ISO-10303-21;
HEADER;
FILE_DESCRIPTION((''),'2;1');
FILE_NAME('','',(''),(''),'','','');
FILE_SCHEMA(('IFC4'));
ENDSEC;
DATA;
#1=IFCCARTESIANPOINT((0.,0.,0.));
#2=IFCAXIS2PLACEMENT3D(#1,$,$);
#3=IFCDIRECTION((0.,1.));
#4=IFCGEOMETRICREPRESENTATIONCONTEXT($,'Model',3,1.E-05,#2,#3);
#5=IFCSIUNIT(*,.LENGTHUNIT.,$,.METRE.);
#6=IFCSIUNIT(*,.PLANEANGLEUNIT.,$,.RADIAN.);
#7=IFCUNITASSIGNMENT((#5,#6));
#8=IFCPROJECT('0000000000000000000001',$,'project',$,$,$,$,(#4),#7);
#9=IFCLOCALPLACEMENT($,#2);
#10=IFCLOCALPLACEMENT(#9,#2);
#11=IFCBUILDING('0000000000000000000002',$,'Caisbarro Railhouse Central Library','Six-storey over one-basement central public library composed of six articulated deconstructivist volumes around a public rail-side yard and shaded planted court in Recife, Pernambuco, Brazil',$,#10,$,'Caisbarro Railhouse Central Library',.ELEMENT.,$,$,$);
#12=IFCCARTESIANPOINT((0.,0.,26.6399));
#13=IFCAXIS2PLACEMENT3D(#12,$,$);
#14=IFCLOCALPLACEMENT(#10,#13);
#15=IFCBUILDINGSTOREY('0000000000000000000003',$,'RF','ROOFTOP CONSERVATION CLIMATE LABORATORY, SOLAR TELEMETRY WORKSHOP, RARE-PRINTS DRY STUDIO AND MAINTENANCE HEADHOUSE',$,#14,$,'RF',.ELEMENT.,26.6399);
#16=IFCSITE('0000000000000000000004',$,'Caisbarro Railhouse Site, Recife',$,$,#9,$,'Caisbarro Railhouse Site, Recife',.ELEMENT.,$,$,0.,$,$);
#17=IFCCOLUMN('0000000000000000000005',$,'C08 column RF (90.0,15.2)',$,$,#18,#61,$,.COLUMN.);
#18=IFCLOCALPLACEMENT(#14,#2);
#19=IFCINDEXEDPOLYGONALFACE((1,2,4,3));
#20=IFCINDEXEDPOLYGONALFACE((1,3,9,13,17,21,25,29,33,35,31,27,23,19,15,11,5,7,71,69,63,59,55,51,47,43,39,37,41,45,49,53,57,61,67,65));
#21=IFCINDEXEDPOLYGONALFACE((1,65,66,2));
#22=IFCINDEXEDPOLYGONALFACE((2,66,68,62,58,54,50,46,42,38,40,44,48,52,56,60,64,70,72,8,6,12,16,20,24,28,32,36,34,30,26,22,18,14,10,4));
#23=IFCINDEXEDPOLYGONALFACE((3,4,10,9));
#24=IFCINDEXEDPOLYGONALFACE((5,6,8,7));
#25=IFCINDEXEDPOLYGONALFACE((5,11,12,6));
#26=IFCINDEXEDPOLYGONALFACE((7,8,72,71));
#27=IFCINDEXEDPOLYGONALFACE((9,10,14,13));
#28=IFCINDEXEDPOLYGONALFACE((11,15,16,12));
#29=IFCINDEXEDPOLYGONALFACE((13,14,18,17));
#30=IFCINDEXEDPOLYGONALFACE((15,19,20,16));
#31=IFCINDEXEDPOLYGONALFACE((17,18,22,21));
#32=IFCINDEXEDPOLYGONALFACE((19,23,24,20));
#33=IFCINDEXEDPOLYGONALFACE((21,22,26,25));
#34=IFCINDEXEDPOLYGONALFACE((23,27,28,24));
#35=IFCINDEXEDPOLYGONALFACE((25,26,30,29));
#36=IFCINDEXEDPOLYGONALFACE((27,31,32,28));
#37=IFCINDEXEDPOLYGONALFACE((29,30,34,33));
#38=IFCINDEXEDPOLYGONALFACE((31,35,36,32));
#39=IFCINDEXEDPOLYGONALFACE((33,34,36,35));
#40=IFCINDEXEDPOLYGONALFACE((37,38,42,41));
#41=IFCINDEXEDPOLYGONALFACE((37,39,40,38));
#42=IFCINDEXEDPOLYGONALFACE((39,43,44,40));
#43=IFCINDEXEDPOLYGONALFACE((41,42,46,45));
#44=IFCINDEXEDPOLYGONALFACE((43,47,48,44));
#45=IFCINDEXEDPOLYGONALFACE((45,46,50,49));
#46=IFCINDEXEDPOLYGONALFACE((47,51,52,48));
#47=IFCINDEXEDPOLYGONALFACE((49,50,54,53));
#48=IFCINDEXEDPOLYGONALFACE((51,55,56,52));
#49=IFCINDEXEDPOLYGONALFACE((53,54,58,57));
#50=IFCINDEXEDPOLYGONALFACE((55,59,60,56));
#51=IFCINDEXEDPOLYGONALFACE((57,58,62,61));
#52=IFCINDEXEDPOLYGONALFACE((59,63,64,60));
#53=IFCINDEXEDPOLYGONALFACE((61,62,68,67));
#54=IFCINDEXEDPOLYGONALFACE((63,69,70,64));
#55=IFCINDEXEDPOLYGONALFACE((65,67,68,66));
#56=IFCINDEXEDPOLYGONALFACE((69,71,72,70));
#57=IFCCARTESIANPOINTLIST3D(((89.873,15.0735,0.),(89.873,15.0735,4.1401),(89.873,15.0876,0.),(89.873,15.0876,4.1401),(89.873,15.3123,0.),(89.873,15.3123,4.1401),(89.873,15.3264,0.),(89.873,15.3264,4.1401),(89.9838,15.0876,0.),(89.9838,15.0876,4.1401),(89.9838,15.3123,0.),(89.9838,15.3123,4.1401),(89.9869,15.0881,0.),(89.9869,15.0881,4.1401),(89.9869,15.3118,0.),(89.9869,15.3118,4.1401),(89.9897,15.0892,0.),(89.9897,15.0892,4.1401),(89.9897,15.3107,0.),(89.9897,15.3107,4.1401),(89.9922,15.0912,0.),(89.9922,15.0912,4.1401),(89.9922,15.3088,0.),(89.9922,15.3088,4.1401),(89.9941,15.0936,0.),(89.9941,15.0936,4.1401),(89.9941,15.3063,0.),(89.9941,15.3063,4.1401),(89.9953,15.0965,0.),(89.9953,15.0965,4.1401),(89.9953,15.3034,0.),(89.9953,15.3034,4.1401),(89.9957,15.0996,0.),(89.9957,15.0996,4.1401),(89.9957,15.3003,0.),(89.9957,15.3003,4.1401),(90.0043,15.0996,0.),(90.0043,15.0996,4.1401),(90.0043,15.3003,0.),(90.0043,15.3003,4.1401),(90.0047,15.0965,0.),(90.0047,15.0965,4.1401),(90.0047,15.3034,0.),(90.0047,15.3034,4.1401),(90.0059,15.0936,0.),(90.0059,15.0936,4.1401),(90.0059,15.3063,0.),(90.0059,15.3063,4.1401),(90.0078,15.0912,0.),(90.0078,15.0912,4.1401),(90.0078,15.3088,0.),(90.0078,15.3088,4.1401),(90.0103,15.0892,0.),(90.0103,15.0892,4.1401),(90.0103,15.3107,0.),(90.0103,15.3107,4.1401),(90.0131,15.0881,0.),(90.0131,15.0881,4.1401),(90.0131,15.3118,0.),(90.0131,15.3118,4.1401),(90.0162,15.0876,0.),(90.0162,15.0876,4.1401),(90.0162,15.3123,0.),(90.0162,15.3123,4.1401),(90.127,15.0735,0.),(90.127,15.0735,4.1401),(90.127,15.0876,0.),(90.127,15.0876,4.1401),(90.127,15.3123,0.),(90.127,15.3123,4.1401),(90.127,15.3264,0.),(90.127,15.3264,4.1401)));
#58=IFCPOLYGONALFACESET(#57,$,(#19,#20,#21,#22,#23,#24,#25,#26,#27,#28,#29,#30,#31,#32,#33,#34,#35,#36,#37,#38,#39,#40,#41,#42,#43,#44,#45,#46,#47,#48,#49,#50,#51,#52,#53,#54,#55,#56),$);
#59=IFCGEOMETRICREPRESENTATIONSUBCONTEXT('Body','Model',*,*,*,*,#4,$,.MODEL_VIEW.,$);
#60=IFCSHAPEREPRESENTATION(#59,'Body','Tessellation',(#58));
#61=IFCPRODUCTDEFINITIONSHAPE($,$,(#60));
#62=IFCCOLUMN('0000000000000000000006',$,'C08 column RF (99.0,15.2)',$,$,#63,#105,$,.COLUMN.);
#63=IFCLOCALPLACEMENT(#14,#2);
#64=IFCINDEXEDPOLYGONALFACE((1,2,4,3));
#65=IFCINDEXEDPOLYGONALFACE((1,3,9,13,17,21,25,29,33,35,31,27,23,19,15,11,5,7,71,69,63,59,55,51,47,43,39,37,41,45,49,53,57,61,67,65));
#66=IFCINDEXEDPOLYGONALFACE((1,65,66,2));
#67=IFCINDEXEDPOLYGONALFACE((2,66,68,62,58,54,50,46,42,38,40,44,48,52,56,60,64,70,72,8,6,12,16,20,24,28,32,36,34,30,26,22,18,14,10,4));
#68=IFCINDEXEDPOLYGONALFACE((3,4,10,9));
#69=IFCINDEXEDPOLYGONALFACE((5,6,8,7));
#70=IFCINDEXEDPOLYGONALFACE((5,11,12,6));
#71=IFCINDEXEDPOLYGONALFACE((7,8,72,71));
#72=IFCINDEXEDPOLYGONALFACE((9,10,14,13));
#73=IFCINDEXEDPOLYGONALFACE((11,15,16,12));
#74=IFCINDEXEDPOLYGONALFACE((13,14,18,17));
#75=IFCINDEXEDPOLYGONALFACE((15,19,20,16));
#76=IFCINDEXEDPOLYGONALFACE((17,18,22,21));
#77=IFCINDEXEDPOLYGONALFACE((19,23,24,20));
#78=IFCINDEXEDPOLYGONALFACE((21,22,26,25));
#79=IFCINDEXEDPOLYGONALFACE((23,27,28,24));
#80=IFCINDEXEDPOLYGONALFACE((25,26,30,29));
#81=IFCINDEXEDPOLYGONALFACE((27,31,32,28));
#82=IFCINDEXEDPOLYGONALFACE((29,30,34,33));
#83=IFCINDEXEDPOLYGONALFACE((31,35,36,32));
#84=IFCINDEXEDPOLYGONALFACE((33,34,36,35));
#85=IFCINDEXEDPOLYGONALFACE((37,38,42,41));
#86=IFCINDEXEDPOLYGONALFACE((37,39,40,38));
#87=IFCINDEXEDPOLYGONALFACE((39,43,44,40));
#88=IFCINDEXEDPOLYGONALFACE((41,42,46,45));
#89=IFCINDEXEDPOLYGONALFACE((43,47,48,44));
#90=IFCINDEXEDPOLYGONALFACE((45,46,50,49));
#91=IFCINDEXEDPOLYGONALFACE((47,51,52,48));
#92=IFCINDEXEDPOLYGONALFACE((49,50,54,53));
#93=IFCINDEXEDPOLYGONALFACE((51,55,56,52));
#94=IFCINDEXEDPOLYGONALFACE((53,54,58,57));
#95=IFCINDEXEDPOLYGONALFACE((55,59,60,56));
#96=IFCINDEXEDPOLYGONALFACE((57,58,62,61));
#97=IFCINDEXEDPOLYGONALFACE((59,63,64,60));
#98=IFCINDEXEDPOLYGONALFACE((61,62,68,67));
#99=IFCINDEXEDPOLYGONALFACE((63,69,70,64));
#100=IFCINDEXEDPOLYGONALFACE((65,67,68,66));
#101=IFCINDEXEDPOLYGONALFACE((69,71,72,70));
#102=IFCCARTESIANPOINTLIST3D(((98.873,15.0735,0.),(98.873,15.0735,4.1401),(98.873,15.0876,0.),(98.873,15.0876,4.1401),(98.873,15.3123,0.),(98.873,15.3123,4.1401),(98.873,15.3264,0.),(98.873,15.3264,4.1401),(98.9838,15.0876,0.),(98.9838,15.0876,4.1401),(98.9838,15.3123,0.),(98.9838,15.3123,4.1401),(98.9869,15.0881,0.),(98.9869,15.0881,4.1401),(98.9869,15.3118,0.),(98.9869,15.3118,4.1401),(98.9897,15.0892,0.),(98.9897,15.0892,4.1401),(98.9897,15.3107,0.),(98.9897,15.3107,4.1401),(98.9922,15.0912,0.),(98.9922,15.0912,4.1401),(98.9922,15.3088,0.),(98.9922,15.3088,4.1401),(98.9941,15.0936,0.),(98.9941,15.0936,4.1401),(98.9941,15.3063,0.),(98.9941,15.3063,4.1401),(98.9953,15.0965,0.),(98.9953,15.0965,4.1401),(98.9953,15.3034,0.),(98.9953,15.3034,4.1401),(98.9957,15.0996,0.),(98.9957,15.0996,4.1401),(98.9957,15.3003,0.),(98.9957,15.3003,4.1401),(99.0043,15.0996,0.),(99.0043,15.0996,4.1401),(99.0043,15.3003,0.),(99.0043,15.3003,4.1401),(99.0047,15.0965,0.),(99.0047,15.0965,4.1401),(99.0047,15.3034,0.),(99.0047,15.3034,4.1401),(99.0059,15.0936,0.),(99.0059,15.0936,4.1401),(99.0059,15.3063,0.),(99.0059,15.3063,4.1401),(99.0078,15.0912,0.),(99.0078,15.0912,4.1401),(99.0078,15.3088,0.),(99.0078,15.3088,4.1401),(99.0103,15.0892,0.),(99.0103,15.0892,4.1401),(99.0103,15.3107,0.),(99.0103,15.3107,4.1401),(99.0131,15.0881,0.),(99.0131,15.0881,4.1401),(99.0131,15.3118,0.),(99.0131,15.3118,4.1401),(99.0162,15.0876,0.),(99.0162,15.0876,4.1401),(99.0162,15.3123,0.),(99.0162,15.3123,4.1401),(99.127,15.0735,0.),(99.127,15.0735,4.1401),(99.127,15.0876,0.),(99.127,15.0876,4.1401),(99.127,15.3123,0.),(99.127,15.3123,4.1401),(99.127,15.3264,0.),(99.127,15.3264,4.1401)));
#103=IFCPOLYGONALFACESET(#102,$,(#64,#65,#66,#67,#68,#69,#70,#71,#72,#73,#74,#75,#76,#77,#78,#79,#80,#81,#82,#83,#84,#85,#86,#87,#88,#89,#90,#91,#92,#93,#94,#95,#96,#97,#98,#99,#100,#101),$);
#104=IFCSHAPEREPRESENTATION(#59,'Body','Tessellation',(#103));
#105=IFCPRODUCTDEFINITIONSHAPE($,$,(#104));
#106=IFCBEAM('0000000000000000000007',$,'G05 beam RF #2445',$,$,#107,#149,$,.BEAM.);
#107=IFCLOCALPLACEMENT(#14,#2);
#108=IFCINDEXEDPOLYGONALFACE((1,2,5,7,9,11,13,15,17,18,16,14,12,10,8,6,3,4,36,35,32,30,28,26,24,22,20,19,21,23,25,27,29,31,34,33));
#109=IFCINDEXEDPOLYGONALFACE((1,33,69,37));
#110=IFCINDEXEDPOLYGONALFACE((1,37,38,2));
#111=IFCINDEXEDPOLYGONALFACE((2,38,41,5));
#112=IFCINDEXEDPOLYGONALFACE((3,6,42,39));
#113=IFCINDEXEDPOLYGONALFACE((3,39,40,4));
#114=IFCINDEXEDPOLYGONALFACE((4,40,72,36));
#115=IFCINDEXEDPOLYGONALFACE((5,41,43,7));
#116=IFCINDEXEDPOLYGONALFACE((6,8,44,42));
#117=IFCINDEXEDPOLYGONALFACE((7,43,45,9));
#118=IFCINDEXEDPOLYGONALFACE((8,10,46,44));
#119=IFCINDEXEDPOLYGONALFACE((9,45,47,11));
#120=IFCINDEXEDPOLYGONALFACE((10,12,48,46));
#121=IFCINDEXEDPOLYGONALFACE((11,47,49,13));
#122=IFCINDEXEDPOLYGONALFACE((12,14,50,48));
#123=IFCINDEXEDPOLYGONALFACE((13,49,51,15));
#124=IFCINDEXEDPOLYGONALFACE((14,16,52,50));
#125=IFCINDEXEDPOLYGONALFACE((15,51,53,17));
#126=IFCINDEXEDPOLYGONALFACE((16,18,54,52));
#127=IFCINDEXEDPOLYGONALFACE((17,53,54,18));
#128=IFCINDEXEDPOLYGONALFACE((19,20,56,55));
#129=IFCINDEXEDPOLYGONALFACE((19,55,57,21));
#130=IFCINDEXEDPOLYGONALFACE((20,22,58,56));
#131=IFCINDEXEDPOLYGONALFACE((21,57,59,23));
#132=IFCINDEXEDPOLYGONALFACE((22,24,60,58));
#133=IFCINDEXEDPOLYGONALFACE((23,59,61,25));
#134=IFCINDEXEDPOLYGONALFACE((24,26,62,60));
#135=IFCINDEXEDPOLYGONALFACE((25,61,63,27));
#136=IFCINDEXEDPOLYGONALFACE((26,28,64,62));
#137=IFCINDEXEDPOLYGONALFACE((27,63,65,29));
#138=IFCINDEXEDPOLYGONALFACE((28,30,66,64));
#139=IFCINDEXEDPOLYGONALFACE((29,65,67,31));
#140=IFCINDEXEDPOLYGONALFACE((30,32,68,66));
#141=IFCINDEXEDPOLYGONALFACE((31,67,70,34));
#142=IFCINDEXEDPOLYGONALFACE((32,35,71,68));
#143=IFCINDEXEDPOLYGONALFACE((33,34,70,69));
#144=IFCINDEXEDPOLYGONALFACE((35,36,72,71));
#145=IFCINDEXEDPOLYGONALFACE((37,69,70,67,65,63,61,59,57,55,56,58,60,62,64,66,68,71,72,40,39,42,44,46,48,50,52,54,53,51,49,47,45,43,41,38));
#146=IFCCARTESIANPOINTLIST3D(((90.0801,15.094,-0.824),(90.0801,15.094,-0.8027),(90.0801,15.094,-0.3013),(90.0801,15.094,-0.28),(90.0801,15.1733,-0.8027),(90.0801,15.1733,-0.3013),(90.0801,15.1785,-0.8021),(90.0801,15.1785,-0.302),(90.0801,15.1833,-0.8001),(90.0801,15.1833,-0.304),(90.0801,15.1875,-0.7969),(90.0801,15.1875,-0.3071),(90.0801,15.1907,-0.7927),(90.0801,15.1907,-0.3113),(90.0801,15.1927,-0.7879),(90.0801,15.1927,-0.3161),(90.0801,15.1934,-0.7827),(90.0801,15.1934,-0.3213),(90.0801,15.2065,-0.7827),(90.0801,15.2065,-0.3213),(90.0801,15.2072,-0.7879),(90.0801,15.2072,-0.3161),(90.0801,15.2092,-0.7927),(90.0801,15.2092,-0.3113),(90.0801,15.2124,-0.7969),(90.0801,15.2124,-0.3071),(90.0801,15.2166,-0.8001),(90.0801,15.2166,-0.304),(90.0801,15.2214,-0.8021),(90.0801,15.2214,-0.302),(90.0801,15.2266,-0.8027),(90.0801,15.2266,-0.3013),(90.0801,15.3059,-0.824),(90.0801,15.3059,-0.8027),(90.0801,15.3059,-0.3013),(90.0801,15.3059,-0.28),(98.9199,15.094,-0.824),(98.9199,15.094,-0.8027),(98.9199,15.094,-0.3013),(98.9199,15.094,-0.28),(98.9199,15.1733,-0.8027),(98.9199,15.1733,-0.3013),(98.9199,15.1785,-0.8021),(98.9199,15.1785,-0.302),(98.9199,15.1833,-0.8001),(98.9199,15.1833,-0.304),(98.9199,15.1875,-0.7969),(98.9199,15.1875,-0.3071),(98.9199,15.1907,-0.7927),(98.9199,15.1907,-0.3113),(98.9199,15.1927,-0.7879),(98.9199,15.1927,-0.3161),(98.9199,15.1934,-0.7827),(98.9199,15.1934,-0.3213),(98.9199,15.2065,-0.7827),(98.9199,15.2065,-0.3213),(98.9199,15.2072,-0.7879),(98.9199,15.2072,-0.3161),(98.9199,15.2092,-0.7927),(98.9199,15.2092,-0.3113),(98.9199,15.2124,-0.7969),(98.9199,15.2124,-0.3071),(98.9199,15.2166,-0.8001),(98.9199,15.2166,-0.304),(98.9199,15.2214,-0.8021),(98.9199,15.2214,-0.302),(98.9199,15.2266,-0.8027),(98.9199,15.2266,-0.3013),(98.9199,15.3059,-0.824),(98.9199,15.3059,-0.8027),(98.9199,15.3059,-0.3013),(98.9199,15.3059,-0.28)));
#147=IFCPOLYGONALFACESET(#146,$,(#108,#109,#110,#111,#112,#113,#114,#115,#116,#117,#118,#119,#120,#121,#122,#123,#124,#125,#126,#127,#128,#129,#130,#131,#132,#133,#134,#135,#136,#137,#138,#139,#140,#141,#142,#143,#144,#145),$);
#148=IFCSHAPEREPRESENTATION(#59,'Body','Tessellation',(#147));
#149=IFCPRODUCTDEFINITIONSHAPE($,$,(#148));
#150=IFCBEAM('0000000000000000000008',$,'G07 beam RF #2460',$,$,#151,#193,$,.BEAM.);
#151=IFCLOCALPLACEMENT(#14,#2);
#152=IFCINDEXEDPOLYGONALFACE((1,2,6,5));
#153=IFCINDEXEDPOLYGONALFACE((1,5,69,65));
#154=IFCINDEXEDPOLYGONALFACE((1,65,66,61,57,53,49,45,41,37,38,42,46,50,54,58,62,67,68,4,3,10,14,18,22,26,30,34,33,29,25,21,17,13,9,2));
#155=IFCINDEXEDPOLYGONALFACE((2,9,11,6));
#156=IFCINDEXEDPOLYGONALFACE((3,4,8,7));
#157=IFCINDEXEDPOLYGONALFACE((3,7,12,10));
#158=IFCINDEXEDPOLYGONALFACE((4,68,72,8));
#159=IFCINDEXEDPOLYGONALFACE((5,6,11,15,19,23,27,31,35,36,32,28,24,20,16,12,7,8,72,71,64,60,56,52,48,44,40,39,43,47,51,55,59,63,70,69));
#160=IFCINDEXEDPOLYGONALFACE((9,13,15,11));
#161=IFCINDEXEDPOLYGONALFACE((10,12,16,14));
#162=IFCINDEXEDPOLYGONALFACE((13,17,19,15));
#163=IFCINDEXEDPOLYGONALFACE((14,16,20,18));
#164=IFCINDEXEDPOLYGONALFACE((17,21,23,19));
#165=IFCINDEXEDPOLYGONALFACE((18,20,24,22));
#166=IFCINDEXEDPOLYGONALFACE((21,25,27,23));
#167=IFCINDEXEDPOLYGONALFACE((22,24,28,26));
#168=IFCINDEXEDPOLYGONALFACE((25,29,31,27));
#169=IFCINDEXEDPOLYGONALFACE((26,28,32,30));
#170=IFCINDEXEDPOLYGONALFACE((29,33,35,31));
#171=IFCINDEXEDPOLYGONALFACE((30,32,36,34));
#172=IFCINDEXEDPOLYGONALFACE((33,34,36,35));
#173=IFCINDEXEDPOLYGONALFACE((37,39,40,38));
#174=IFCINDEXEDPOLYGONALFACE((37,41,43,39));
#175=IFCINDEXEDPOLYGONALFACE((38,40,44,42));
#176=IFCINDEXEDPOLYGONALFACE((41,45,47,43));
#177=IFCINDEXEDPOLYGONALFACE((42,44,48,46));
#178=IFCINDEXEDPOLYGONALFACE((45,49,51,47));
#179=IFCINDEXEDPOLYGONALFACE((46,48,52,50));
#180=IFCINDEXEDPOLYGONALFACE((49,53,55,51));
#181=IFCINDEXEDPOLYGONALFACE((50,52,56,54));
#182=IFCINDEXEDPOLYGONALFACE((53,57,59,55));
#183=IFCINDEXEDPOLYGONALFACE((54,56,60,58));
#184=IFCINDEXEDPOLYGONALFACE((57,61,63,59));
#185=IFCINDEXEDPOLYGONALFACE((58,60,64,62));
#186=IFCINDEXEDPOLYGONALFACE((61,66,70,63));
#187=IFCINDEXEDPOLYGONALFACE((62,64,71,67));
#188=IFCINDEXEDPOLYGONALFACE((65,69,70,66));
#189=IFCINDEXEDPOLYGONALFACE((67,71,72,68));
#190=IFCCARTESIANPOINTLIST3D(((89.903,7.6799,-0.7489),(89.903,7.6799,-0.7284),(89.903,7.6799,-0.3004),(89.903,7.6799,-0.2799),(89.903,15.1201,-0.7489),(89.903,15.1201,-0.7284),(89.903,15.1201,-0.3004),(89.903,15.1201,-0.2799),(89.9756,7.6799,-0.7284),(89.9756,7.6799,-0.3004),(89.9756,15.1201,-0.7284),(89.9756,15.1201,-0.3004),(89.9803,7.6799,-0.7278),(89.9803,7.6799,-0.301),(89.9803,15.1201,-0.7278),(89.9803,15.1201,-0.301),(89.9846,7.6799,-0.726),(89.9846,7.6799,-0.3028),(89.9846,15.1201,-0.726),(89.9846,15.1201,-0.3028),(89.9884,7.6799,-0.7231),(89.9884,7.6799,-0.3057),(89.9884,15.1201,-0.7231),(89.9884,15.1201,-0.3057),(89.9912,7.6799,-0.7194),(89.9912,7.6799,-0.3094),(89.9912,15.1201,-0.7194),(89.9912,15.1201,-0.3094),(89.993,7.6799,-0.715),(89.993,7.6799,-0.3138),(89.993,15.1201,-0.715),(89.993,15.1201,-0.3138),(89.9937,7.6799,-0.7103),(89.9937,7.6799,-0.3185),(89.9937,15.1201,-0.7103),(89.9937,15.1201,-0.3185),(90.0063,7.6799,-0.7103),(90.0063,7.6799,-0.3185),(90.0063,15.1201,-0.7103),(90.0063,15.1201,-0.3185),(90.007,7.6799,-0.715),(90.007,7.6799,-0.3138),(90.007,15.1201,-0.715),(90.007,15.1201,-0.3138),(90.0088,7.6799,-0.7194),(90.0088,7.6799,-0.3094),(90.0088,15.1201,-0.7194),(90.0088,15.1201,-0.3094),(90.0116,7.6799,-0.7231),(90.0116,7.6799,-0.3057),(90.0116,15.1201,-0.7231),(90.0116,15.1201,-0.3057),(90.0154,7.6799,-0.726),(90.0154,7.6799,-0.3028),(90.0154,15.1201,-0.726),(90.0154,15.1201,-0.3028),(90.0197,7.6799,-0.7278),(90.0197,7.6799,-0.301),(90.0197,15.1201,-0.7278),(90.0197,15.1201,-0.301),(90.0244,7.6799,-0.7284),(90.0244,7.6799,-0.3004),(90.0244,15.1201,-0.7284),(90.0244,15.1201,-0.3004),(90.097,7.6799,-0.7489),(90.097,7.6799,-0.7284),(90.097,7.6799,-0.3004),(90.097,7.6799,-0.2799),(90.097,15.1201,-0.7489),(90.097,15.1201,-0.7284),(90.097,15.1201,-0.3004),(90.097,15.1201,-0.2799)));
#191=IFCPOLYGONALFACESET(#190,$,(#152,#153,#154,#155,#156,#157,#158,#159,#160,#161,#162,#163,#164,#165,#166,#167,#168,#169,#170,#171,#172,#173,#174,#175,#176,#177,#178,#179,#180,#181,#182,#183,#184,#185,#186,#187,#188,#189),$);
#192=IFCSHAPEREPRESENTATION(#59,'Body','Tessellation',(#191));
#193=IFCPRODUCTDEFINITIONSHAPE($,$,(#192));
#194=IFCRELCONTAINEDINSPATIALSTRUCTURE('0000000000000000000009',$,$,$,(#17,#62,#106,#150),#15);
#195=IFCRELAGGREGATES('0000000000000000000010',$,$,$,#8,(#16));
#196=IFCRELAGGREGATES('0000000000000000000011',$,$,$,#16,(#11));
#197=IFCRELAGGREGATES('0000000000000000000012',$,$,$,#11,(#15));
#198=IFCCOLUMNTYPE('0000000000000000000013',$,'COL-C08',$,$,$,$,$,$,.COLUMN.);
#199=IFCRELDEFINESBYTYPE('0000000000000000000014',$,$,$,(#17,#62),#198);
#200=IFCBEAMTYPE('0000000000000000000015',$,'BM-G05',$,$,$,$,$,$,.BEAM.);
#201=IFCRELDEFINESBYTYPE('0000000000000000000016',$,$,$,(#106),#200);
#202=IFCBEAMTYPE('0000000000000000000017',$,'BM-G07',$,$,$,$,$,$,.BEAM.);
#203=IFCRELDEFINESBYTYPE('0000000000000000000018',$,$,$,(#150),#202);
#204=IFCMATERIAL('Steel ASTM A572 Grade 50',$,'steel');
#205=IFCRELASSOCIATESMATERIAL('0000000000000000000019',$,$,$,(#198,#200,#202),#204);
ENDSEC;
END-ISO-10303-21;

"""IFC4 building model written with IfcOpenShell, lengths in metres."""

from ifc_helpers import new_model, si_unit, direction, frame, origin, origin_2d, place, context, subcontext, project, spatial, i_section, extrude, material, material_profile, profile_set, type_object, element, save


model = new_model("IFC4")

# Units and contexts
model_context = context("Model", 3, precision=1e-05, world=origin(), true_north=direction((0.0, 1.0)))
body_context = subcontext(model_context, "Body", "Model", "MODEL_VIEW")
ifc_project = project(units=[si_unit("LENGTHUNIT", "METRE"), si_unit("PLANEANGLEUNIT", "RADIAN")], contexts=[model_context])

# Site, building, storey
site_placement = place(None, origin())
site = spatial("IfcSite", under=ifc_project, at=site_placement, Name="Caisbarro Railhouse Site, Recife", LongName="Caisbarro Railhouse Site, Recife", CompositionType="ELEMENT", RefElevation=0.0)
building_placement = place(site_placement, origin())
building = spatial("IfcBuilding", under=site, at=building_placement, Name="Caisbarro Railhouse Central Library", Description="Six-storey over one-basement central public library composed of six articulated deconstructivist volumes around a public rail-side yard and shaded planted court in Recife, Pernambuco, Brazil", LongName="Caisbarro Railhouse Central Library", CompositionType="ELEMENT")
storey_placement = place(building_placement, frame((0.0, 0.0, 26.6399)))
storey = spatial("IfcBuildingStorey", under=building, at=storey_placement, Name="RF", Description="ROOFTOP CONSERVATION CLIMATE LABORATORY, SOLAR TELEMETRY WORKSHOP, RARE-PRINTS DRY STUDIO AND MAINTENANCE HEADHOUSE", LongName="RF", CompositionType="ELEMENT", Elevation=26.6399)

# Columns
ifc_material_1 = material(Name="Steel ASTM A572 Grade 50", Category="steel")
ifc_material_profile_1 = material_profile(ifc_material_1, i_section(OverallWidth=0.2539, OverallDepth=0.2529, WebThickness=0.0085, FlangeThickness=0.0142, FilletRadius=0.012, at=origin_2d()), Name="W250X73.0")
ifc_profile_set_1 = profile_set([ifc_material_profile_1], Name="Steel ASTM A572 Grade 50")
column_type = type_object("IfcColumnType", Name="COL-C08", PredefinedType="COLUMN", material=ifc_profile_set_1)
for number, where, z_axis, x_axis, name in (
    (1, (90.0, 15.2, 0.0), (0.0, 0.0, 1.0), (1.0, 0.0, 0.0), "C08 column RF (90.0,15.2)"),
    (2, (99.0, 15.2, 0.0), (0.0, 0.0, 1.0), (1.0, 0.0, 0.0), "C08 column RF (99.0,15.2)"),
):
    element("IfcColumn", number, at=place(storey_placement, frame(where, z_axis=z_axis, x_axis=x_axis)), inside=storey, type_object=column_type, Name=name, PredefinedType="COLUMN", context=body_context, shape_type="SweptSolid", body=[
        extrude(i_section(OverallWidth=0.2539, OverallDepth=0.2529, WebThickness=0.0085, FlangeThickness=0.0142, FilletRadius=0.012, at=origin_2d()), origin(), (0.0, 0.0, 1.0), 4.1401),
    ])

# Beams
ifc_material_profile_2 = material_profile(ifc_material_1, i_section(OverallWidth=0.2119, OverallDepth=0.5439, WebThickness=0.0132, FlangeThickness=0.0212, FilletRadius=0.02, at=origin_2d()), Name="W530X123.0")
ifc_profile_set_2 = profile_set([ifc_material_profile_2], Name="Steel ASTM A572 Grade 50")
beam_type_1 = type_object("IfcBeamType", Name="BM-G05", PredefinedType="BEAM", material=ifc_profile_set_2)
beam_1_placement = place(storey_placement, frame((90.0801, 15.2, -0.552), z_axis=(1.0, 0.0, 0.0), x_axis=(0.0, 1.0, 0.0)))
element("IfcBeam", 3, at=beam_1_placement, inside=storey, type_object=beam_type_1, Name="G05 beam RF #2445", PredefinedType="BEAM", context=body_context, shape_type="SweptSolid", body=[
    extrude(i_section(OverallWidth=0.2119, OverallDepth=0.5439, WebThickness=0.0132, FlangeThickness=0.0212, FilletRadius=0.02, at=origin_2d()), origin(), (0.0, 0.0, 1.0), 8.8398),
])
ifc_material_profile_3 = material_profile(ifc_material_1, i_section(OverallWidth=0.1941, OverallDepth=0.469, WebThickness=0.0127, FlangeThickness=0.0205, FilletRadius=0.0181, at=origin_2d()), Name="W460X106.0")
ifc_profile_set_3 = profile_set([ifc_material_profile_3], Name="Steel ASTM A572 Grade 50")
beam_type_2 = type_object("IfcBeamType", Name="BM-G07", PredefinedType="BEAM", material=ifc_profile_set_3)
beam_2_placement = place(storey_placement, frame((90.0, 7.6799, -0.5144), z_axis=(0.0, 1.0, 0.0), x_axis=(-1.0, 0.0, 0.0)))
element("IfcBeam", 4, at=beam_2_placement, inside=storey, type_object=beam_type_2, Name="G07 beam RF #2460", PredefinedType="BEAM", context=body_context, shape_type="SweptSolid", body=[
    extrude(i_section(OverallWidth=0.1941, OverallDepth=0.469, WebThickness=0.0127, FlangeThickness=0.0205, FilletRadius=0.0181, at=origin_2d()), origin(), (0.0, 0.0, 1.0), 7.4402),
])

save(model, "model.ifc")
